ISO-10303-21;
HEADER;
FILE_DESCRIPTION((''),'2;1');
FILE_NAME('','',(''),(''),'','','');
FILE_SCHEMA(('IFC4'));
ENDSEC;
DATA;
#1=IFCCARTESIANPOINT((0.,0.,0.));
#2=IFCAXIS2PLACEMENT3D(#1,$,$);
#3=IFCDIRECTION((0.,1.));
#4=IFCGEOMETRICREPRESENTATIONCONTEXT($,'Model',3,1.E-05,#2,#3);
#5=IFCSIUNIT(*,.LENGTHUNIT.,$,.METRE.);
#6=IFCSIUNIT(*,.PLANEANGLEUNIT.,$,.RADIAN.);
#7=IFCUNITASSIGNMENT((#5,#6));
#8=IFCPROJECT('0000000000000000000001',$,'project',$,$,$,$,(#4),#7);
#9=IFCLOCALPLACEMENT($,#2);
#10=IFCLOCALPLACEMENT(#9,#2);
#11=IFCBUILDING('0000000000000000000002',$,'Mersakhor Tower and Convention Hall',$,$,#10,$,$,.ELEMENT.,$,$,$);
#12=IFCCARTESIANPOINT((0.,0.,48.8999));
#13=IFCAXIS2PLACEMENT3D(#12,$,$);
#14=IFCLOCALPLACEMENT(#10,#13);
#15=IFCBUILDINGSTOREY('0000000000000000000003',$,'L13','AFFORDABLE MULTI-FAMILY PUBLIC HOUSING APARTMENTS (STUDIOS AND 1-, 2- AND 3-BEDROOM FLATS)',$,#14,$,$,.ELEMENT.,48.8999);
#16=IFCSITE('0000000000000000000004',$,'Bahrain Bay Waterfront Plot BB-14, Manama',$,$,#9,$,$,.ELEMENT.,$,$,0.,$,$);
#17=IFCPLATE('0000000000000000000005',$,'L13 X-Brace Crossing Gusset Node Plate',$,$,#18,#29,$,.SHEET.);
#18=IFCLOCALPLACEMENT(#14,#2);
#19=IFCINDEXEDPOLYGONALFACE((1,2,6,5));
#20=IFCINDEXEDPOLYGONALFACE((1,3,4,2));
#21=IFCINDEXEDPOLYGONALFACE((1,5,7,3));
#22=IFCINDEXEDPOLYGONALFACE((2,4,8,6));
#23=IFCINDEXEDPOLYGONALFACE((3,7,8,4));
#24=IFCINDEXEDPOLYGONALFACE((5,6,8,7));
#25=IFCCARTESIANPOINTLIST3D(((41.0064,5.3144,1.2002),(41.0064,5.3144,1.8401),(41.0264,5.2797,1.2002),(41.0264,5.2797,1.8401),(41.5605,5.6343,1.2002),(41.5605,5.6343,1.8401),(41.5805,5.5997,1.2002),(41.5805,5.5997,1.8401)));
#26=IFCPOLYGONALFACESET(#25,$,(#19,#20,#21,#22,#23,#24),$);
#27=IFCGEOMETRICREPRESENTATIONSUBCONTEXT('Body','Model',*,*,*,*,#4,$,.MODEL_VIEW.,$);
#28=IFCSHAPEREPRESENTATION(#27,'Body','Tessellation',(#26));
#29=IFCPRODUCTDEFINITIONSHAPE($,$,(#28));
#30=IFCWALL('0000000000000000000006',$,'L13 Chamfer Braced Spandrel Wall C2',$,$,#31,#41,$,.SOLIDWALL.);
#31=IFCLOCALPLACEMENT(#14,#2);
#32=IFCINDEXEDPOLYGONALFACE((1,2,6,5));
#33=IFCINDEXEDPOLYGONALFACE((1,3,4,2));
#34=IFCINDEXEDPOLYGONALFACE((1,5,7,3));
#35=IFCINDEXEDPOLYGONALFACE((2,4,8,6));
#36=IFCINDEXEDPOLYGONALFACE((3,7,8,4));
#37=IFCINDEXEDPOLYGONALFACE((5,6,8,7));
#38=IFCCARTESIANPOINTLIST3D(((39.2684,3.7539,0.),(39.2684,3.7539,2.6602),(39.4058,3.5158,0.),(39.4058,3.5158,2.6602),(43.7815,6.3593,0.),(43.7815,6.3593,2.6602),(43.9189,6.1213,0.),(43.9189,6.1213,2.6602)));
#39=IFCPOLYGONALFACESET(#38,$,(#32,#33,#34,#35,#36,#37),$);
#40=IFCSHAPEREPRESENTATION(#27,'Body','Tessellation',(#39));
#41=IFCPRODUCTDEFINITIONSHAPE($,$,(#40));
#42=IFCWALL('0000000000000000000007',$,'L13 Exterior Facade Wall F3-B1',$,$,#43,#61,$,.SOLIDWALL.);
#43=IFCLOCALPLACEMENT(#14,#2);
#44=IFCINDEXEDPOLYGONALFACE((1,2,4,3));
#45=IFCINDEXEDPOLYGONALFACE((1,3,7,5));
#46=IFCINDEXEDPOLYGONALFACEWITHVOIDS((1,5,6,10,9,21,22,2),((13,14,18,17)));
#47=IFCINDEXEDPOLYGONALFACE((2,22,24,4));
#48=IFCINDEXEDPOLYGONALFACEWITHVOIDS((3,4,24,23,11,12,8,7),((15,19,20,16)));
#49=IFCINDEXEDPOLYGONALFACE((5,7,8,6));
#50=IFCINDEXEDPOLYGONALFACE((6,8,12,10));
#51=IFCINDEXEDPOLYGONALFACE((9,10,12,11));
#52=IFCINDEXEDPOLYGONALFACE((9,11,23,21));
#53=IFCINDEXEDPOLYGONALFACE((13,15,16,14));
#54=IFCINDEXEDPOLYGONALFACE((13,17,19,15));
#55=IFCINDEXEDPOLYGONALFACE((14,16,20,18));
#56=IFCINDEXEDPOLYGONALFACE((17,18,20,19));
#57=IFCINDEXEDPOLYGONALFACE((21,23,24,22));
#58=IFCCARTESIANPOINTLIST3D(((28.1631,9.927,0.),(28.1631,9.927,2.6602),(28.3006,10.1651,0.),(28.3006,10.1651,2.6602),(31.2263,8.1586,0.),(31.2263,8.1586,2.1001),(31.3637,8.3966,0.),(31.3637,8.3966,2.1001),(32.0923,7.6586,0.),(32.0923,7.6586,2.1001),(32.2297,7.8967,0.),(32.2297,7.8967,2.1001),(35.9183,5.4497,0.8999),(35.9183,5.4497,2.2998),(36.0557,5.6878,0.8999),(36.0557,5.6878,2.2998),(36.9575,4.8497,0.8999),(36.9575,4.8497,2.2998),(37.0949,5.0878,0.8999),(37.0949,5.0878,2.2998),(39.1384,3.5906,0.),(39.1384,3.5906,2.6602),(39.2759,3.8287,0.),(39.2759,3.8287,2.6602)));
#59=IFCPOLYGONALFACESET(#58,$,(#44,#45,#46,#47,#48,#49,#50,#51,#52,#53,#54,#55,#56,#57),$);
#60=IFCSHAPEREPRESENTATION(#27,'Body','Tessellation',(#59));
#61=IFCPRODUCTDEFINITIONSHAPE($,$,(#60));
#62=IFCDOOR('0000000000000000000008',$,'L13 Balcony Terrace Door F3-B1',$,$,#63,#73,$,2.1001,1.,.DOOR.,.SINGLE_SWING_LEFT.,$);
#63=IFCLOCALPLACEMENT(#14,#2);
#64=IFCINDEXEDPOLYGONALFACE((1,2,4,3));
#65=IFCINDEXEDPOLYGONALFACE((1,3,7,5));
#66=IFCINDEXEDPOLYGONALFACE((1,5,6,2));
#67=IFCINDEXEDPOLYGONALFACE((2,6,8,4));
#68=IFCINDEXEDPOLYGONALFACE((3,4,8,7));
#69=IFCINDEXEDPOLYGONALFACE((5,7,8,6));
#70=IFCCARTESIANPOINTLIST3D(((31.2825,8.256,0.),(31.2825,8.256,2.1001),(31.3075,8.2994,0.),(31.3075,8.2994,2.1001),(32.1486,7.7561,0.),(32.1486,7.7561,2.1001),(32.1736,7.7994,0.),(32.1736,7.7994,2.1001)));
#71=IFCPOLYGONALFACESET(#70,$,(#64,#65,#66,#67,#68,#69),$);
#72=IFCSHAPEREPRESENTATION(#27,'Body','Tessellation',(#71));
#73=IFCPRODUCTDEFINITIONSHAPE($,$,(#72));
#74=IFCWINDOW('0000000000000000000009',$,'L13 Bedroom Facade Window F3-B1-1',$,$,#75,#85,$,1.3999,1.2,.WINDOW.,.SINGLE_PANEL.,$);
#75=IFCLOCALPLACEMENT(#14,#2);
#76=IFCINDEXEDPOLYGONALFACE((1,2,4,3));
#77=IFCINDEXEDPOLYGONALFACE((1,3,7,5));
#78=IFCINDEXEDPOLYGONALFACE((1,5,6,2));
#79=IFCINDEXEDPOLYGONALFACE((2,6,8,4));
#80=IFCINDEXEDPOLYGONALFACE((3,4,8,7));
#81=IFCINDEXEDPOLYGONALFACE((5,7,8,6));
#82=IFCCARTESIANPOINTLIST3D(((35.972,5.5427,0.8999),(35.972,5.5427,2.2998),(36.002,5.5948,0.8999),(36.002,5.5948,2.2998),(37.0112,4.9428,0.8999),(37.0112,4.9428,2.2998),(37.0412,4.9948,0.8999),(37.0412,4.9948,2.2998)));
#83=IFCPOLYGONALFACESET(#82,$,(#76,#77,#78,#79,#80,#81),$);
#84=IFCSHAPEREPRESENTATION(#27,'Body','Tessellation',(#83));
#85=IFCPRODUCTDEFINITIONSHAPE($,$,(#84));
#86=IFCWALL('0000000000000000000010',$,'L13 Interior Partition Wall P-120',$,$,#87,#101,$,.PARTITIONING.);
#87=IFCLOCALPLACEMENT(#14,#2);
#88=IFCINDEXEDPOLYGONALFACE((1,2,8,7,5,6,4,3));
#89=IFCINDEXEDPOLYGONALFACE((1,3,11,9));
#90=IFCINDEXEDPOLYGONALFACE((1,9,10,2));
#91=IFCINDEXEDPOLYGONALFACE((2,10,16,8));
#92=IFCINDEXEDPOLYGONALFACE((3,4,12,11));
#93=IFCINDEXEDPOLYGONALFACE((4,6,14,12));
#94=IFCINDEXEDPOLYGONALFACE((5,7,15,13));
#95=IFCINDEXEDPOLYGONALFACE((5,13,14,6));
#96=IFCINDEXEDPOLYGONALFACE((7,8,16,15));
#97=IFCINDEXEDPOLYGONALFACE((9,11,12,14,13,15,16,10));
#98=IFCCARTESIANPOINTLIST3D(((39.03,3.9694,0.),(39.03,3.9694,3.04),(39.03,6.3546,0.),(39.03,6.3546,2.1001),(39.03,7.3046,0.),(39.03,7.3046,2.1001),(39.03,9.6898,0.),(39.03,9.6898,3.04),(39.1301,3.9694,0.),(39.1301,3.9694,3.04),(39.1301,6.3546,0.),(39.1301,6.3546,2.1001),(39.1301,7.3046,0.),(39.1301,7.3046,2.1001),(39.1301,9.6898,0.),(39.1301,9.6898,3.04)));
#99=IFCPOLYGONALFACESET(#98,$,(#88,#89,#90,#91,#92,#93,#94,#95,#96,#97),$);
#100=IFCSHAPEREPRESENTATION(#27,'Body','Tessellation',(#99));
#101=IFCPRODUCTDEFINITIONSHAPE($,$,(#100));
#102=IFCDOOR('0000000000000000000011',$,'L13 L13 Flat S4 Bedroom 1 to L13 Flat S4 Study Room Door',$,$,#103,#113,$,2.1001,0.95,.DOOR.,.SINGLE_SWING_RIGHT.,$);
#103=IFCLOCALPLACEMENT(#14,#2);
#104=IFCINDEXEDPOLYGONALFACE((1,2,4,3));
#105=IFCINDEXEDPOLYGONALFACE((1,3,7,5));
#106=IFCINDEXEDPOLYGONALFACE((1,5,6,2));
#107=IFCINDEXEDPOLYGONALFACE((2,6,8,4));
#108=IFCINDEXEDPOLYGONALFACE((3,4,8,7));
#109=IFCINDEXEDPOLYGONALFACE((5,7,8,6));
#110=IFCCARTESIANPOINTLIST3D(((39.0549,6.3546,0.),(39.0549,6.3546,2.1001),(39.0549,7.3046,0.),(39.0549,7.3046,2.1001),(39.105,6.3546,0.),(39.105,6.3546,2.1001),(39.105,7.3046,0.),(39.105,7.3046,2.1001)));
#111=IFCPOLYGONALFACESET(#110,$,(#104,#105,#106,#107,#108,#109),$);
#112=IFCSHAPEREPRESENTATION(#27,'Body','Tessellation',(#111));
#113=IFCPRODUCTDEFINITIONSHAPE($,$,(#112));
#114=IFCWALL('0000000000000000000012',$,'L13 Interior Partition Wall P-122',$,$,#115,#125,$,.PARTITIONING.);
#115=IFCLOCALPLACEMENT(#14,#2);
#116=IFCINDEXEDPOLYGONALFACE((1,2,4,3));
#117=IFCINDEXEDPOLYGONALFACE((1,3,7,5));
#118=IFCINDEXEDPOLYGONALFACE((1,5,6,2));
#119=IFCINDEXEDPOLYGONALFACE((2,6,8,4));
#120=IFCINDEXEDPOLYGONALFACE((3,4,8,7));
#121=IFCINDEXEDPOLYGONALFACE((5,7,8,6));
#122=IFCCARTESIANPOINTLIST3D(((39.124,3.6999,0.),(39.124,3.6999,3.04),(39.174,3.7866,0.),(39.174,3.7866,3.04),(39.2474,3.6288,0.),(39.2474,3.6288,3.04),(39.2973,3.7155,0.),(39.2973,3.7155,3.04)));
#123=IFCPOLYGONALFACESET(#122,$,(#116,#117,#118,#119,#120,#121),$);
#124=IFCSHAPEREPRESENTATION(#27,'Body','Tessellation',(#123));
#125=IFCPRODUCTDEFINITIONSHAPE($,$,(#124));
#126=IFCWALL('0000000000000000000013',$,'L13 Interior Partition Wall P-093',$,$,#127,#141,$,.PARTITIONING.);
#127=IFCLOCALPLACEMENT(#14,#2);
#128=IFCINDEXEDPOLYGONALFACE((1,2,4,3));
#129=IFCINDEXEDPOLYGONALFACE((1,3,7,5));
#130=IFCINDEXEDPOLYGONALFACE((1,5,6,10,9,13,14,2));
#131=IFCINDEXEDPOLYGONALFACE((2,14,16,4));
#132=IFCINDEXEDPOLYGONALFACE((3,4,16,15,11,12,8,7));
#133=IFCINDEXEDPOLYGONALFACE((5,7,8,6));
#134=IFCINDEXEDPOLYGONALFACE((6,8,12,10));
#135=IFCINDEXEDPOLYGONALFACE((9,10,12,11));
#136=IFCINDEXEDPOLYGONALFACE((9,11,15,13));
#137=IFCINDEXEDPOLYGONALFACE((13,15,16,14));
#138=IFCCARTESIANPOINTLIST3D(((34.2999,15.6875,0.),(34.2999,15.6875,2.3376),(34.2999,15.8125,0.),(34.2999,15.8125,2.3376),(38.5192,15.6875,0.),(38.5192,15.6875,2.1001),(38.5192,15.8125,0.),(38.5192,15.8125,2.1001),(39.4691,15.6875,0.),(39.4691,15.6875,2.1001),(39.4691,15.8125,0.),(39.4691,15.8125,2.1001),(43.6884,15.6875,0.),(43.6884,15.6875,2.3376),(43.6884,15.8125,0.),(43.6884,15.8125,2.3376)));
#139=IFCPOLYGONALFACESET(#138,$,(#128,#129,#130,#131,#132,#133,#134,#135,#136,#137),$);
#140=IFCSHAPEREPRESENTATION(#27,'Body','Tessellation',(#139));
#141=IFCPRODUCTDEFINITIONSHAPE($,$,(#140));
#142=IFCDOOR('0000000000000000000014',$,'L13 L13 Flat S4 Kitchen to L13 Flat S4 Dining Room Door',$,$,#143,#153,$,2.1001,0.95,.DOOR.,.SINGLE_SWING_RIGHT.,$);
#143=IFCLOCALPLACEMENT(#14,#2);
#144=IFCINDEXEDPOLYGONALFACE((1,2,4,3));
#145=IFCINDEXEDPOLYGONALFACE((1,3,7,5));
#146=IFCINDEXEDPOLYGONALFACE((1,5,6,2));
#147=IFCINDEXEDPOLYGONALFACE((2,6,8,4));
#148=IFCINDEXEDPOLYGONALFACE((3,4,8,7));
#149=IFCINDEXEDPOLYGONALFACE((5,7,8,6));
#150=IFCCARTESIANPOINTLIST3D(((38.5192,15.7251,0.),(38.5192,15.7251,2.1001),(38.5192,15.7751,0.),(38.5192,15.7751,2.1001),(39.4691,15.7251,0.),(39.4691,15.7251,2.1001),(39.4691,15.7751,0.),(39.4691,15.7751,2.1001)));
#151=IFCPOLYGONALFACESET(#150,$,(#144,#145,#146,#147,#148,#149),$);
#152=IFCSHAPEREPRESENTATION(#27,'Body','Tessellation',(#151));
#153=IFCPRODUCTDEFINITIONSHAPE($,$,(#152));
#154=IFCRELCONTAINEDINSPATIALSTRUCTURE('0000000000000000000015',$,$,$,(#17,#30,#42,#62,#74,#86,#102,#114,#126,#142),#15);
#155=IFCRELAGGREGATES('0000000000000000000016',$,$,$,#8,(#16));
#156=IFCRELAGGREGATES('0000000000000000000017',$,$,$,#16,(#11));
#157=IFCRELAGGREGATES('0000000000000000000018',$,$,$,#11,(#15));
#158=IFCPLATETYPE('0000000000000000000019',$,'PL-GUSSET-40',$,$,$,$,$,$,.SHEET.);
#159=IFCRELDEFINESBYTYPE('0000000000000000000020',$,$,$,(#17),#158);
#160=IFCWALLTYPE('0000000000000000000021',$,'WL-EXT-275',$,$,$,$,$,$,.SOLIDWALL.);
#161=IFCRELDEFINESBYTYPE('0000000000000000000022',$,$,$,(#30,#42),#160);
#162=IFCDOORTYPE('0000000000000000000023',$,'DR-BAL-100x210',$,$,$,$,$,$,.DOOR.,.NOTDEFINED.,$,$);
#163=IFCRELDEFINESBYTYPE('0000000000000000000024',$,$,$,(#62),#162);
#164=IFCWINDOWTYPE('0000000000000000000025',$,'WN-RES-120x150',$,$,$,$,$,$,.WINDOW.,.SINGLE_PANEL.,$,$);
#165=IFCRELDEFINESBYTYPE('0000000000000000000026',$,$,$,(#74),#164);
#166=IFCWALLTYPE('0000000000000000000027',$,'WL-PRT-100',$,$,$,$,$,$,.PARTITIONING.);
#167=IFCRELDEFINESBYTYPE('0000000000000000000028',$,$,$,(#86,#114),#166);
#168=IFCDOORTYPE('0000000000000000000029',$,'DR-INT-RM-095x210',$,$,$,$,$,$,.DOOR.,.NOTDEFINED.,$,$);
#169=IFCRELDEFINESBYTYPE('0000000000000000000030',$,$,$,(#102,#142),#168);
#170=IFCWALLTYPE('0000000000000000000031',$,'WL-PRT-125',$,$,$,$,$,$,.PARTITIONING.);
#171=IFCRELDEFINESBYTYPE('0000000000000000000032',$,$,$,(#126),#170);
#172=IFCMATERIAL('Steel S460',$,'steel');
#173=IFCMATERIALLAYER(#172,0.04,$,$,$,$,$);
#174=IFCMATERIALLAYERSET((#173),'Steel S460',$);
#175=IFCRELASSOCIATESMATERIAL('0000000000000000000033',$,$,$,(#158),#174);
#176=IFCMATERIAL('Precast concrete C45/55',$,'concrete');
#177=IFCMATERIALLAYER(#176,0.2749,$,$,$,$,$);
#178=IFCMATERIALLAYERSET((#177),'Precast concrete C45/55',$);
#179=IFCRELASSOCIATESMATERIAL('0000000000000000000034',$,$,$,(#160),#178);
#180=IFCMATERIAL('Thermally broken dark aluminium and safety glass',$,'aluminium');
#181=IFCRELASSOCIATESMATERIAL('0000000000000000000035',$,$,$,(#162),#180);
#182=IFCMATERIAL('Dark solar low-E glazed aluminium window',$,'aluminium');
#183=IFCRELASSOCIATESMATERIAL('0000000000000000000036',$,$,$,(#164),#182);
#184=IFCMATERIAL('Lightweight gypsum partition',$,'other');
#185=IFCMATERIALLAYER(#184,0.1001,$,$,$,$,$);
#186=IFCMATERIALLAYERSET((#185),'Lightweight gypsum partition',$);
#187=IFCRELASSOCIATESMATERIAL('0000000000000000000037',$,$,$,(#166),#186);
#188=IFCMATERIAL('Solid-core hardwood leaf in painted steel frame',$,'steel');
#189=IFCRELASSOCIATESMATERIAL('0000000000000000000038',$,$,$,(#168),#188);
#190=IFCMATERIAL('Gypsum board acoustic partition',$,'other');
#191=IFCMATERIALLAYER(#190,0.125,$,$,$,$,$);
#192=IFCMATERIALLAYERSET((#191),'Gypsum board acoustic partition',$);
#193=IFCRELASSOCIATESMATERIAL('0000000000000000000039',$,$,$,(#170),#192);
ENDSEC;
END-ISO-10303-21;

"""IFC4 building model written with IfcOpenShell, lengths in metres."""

from ifc_helpers import new_model, si_unit, direction, frame, frame_2d, origin, origin_2d, place, context, subcontext, project, spatial, rectangle, extrude, material, layer, layer_set, type_object, element, fill, save


model = new_model("IFC4")

# Units and contexts
model_context = context("Model", 3, precision=1e-05, world=origin(), true_north=direction((0.0, 1.0)))
body_context = subcontext(model_context, "Body", "Model", "MODEL_VIEW")
ifc_project = project(units=[si_unit("LENGTHUNIT", "METRE"), si_unit("PLANEANGLEUNIT", "RADIAN")], contexts=[model_context])

# Site, building, storey
site_placement = place(None, origin())
site = spatial("IfcSite", under=ifc_project, at=site_placement, Name="Bahrain Bay Waterfront Plot BB-14, Manama", CompositionType="ELEMENT", RefElevation=0.0)
building_placement = place(site_placement, origin())
building = spatial("IfcBuilding", under=site, at=building_placement, Name="Mersakhor Tower and Convention Hall", CompositionType="ELEMENT")
storey_placement = place(building_placement, frame((0.0, 0.0, 48.8999)))
storey = spatial("IfcBuildingStorey", under=building, at=storey_placement, Name="L13", Description="AFFORDABLE MULTI-FAMILY PUBLIC HOUSING APARTMENTS (STUDIOS AND 1-, 2- AND 3-BEDROOM FLATS)", CompositionType="ELEMENT", Elevation=48.8999)

# Plate
ifc_material_1 = material(Name="Steel S460", Category="steel")
ifc_layer_1 = layer(ifc_material_1, 0.04)
ifc_layer_set_1 = layer_set([ifc_layer_1], Name="Steel S460")
plate_type_1 = type_object("IfcPlateType", Name="PL-GUSSET-40", PredefinedType="SHEET", material=ifc_layer_set_1)
plate_placement = place(storey_placement, frame((41.2935, 5.457, 1.2002), z_axis=(0.0, 0.0, 1.0), x_axis=(0.866025, 0.5, 0.0)))
element("IfcPlate", 1, at=plate_placement, inside=storey, type_object=plate_type_1, Name="L13 X-Brace Crossing Gusset Node Plate", PredefinedType="SHEET", context=body_context, shape_type="SweptSolid", body=[
    extrude(rectangle(XDim=0.6399, YDim=0.04, at=origin_2d()), origin(), (0.0, 0.0, 1.0), 0.6399),
])

# Wall
ifc_material_2 = material(Name="Precast concrete C45/55", Category="concrete")
ifc_layer_2 = layer(ifc_material_2, 0.2749)
ifc_layer_set_2 = layer_set([ifc_layer_2], Name="Precast concrete C45/55")
wall_type_1 = type_object("IfcWallType", Name="WL-EXT-275", PredefinedType="SOLIDWALL", material=ifc_layer_set_2)
wall_1_placement = place(storey_placement, frame((43.8501, 6.2402, 0.0), z_axis=(0.0, 0.0, 1.0), x_axis=(-0.866044, -0.499968, 0.0)))
element("IfcWall", 2, at=wall_1_placement, inside=storey, type_object=wall_type_1, Name="L13 Chamfer Braced Spandrel Wall C2", PredefinedType="SOLIDWALL", context=body_context, shape_type="SweptSolid", body=[
    extrude(rectangle(XDim=5.2112, YDim=0.2749, at=frame_2d((2.6055, 0.0))), origin(), (0.0, 0.0, 1.0), 2.6602),
])

# Wall, openings, door, window
wall_2_placement = place(storey_placement, frame((39.207, 3.7097, 0.0), z_axis=(0.0, 0.0, 1.0), x_axis=(-0.866032, 0.499989, 0.0)))
wall_2 = element("IfcWall", 3, at=wall_2_placement, inside=storey, type_object=wall_type_1, Name="L13 Exterior Facade Wall F3-B1", PredefinedType="SOLIDWALL", context=body_context, shape_type="SweptSolid", body=[
    extrude(rectangle(XDim=12.6731, YDim=0.2749, at=frame_2d((6.3364, 0.0))), origin(), (0.0, 0.0, 1.0), 2.6602),
])
opening_1_placement = place(wall_2_placement, frame((8.136, 0.0, 0.0)))
opening_1 = element("IfcOpeningElement", 4, at=opening_1_placement, cuts=wall_2, PredefinedType="OPENING", context=body_context, shape_type="SweptSolid", body=[
    extrude(rectangle(XDim=1.0, YDim=2.1001, at=frame_2d((0.5, 1.05))), frame((0.0, 0.1475, 0.0), z_axis=(0.0, -1.0, 0.0), x_axis=(1.0, 0.0, 0.0)), (0.0, 0.0, 1.0), 0.2949),
])
opening_2_placement = place(wall_2_placement, frame((2.5181, 0.0, 0.8999)))
opening_2 = element("IfcOpeningElement", 5, at=opening_2_placement, cuts=wall_2, PredefinedType="OPENING", context=body_context, shape_type="SweptSolid", body=[
    extrude(rectangle(XDim=1.2, YDim=1.3999, at=frame_2d((0.6001, 0.7))), frame((0.0, 0.1475, 0.0), z_axis=(0.0, -1.0, 0.0), x_axis=(1.0, 0.0, 0.0)), (0.0, 0.0, 1.0), 0.2949),
])
ifc_material_3 = material(Name="Thermally broken dark aluminium and safety glass", Category="aluminium")
door_type_1 = type_object("IfcDoorType", Name="DR-BAL-100x210", OperationType="NOTDEFINED", PredefinedType="DOOR", material=ifc_material_3)
door_1_placement = place(opening_1_placement, origin())
door_1 = element("IfcDoor", 6, at=door_1_placement, inside=storey, type_object=door_type_1, Name="L13 Balcony Terrace Door F3-B1", OperationType="SINGLE_SWING_LEFT", OverallHeight=2.1001, OverallWidth=1.0, PredefinedType="DOOR", context=body_context, shape_type="SweptSolid", body=[
    extrude(rectangle(XDim=1.0, YDim=2.1001, at=frame_2d((0.5, 1.05))), frame((0.0, 0.0249, 0.0), z_axis=(0.0, -1.0, 0.0), x_axis=(1.0, 0.0, 0.0)), (0.0, 0.0, 1.0), 0.05),
])
fill(opening_1, door_1)
ifc_material_4 = material(Name="Dark solar low-E glazed aluminium window", Category="aluminium")
window_type = type_object("IfcWindowType", Name="WN-RES-120x150", PartitioningType="SINGLE_PANEL", PredefinedType="WINDOW", material=ifc_material_4)
window_placement = place(opening_2_placement, origin())
window = element("IfcWindow", 7, at=window_placement, inside=storey, type_object=window_type, Name="L13 Bedroom Facade Window F3-B1-1", OverallHeight=1.3999, OverallWidth=1.2, PartitioningType="SINGLE_PANEL", PredefinedType="WINDOW", context=body_context, shape_type="SweptSolid", body=[
    extrude(rectangle(XDim=1.2, YDim=1.3999, at=frame_2d((0.6001, 0.7))), frame((0.0, 0.03, 0.0), z_axis=(0.0, -1.0, 0.0), x_axis=(1.0, 0.0, 0.0)), (0.0, 0.0, 1.0), 0.0601),
])
fill(opening_2, window)

# Wall, opening, door
ifc_material_5 = material(Name="Lightweight gypsum partition", Category="other")
ifc_layer_3 = layer(ifc_material_5, 0.1001)
ifc_layer_set_3 = layer_set([ifc_layer_3], Name="Lightweight gypsum partition")
wall_type_2 = type_object("IfcWallType", Name="WL-PRT-100", PredefinedType="PARTITIONING", material=ifc_layer_set_3)
wall_3_placement = place(storey_placement, frame((39.0801, 9.6899, 0.0), z_axis=(0.0, 0.0, 1.0), x_axis=(0.0, -1.0, 0.0)))
wall_3 = element("IfcWall", 8, at=wall_3_placement, inside=storey, type_object=wall_type_2, Name="L13 Interior Partition Wall P-120", PredefinedType="PARTITIONING", context=body_context, shape_type="SweptSolid", body=[
    extrude(rectangle(XDim=5.7205, YDim=0.1001, at=frame_2d((2.8604, 0.0))), origin(), (0.0, 0.0, 1.0), 3.04),
])
opening_3_placement = place(wall_3_placement, frame((2.3853, 0.0, 0.0)))
opening_3 = element("IfcOpeningElement", 9, at=opening_3_placement, cuts=wall_3, PredefinedType="OPENING", context=body_context, shape_type="SweptSolid", body=[
    extrude(rectangle(XDim=0.95, YDim=2.1001, at=frame_2d((0.4751, 1.05))), frame((0.0, 0.0601, 0.0), z_axis=(0.0, -1.0, 0.0), x_axis=(1.0, 0.0, 0.0)), (0.0, 0.0, 1.0), 0.1201),
])
ifc_material_6 = material(Name="Solid-core hardwood leaf in painted steel frame", Category="steel")
door_type_2 = type_object("IfcDoorType", Name="DR-INT-RM-095x210", OperationType="NOTDEFINED", PredefinedType="DOOR", material=ifc_material_6)
door_2_placement = place(opening_3_placement, origin())
door_2 = element("IfcDoor", 10, at=door_2_placement, inside=storey, type_object=door_type_2, Name="L13 L13 Flat S4 Bedroom 1 to L13 Flat S4 Study Room Door", OperationType="SINGLE_SWING_RIGHT", OverallHeight=2.1001, OverallWidth=0.95, PredefinedType="DOOR", context=body_context, shape_type="SweptSolid", body=[
    extrude(rectangle(XDim=0.95, YDim=2.1001, at=frame_2d((0.4751, 1.05))), frame((0.0, 0.0249, 0.0), z_axis=(0.0, -1.0, 0.0), x_axis=(1.0, 0.0, 0.0)), (0.0, 0.0, 1.0), 0.05),
])
fill(opening_3, door_2)

# Wall
wall_4_placement = place(storey_placement, frame((39.2725, 3.6721, 0.0), z_axis=(0.0, 0.0, 1.0), x_axis=(-0.866443, 0.499277, 0.0)))
element("IfcWall", 11, at=wall_4_placement, inside=storey, type_object=wall_type_2, Name="L13 Interior Partition Wall P-122", PredefinedType="PARTITIONING", context=body_context, shape_type="SweptSolid", body=[
    extrude(rectangle(XDim=0.1423, YDim=0.1001, at=frame_2d((0.0713, 0.0))), origin(), (0.0, 0.0, 1.0), 3.04),
])

# Wall, opening, door
ifc_material_7 = material(Name="Gypsum board acoustic partition", Category="other")
ifc_layer_4 = layer(ifc_material_7, 0.125)
ifc_layer_set_4 = layer_set([ifc_layer_4], Name="Gypsum board acoustic partition")
wall_type_3 = type_object("IfcWallType", Name="WL-PRT-125", PredefinedType="PARTITIONING", material=ifc_layer_set_4)
wall_5_placement = place(storey_placement, frame((43.6885, 15.75, 0.0), z_axis=(0.0, 0.0, 1.0), x_axis=(-1.0, 0.0, 0.0)))
wall_5 = element("IfcWall", 12, at=wall_5_placement, inside=storey, type_object=wall_type_3, Name="L13 Interior Partition Wall P-093", PredefinedType="PARTITIONING", context=body_context, shape_type="SweptSolid", body=[
    extrude(rectangle(XDim=9.3884, YDim=0.125, at=frame_2d((4.6943, 0.0))), origin(), (0.0, 0.0, 1.0), 2.3376),
])
opening_4_placement = place(wall_5_placement, frame((4.2192, 0.0, 0.0)))
opening_4 = element("IfcOpeningElement", 13, at=opening_4_placement, cuts=wall_5, PredefinedType="OPENING", context=body_context, shape_type="SweptSolid", body=[
    extrude(rectangle(XDim=0.95, YDim=2.1001, at=frame_2d((0.4751, 1.05))), frame((0.0, 0.0725, 0.0), z_axis=(0.0, -1.0, 0.0), x_axis=(1.0, 0.0, 0.0)), (0.0, 0.0, 1.0), 0.145),
])
door_3_placement = place(opening_4_placement, origin())
door_3 = element("IfcDoor", 14, at=door_3_placement, inside=storey, type_object=door_type_2, Name="L13 L13 Flat S4 Kitchen to L13 Flat S4 Dining Room Door", OperationType="SINGLE_SWING_RIGHT", OverallHeight=2.1001, OverallWidth=0.95, PredefinedType="DOOR", context=body_context, shape_type="SweptSolid", body=[
    extrude(rectangle(XDim=0.95, YDim=2.1001, at=frame_2d((0.4751, 1.05))), frame((0.0, 0.0249, 0.0), z_axis=(0.0, -1.0, 0.0), x_axis=(1.0, 0.0, 0.0)), (0.0, 0.0, 1.0), 0.05),
])
fill(opening_4, door_3)

save(model, "model.ifc")
